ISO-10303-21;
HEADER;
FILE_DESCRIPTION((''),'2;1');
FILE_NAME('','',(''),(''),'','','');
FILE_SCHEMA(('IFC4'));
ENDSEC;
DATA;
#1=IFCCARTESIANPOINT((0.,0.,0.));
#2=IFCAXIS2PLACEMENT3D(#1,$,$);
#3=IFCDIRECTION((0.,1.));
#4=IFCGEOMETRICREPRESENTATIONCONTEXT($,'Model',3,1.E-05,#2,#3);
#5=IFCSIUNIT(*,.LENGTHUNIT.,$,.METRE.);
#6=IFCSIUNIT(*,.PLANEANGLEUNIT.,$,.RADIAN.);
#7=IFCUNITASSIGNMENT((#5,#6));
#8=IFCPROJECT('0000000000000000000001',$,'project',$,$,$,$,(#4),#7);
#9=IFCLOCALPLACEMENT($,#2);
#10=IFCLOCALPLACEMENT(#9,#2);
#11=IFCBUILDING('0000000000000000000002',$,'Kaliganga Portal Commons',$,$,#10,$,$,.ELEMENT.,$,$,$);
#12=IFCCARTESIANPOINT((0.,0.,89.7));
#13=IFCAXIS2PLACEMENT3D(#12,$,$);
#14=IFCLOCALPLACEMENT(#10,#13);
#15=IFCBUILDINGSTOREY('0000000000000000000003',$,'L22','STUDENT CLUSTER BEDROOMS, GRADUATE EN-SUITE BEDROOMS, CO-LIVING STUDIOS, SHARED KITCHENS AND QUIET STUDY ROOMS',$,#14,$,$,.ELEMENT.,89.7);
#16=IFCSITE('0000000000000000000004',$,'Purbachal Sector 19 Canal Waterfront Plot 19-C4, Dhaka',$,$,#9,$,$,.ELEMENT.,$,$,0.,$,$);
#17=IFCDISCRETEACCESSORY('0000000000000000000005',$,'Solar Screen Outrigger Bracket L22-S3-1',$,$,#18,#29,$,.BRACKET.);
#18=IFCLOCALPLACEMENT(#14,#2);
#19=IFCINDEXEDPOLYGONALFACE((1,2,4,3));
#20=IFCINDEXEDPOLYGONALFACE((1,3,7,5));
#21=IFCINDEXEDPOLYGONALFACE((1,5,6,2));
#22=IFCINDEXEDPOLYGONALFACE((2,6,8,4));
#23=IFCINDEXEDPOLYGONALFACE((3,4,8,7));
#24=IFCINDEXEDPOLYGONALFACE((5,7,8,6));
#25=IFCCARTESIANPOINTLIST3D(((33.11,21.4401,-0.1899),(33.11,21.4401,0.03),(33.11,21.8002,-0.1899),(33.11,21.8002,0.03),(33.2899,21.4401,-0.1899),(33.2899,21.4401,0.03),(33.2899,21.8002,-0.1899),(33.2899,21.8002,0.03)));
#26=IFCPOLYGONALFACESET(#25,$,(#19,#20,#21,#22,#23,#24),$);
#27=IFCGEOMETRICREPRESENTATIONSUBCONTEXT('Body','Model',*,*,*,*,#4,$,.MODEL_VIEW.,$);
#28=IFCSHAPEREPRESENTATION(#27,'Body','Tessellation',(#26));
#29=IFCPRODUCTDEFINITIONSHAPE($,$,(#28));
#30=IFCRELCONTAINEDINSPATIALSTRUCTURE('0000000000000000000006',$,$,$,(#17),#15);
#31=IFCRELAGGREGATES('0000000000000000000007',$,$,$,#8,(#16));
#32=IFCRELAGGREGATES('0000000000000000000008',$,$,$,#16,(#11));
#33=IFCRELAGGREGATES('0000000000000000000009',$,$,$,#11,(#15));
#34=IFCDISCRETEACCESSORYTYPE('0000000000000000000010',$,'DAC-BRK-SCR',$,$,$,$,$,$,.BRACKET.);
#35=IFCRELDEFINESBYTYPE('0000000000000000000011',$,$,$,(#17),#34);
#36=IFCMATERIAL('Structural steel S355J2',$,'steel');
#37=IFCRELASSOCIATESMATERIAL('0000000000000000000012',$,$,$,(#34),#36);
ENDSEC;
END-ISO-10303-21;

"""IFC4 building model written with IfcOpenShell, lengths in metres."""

from ifc_helpers import new_model, si_unit, direction, frame, origin, origin_2d, place, context, subcontext, project, spatial, rectangle, extrude, source, transform, mapped, material, type_object, element, save


model = new_model("IFC4")

# Units and contexts
model_context = context("Model", 3, precision=1e-05, world=origin(), true_north=direction((0.0, 1.0)))
body_context = subcontext(model_context, "Body", "Model", "MODEL_VIEW")
ifc_project = project(units=[si_unit("LENGTHUNIT", "METRE"), si_unit("PLANEANGLEUNIT", "RADIAN")], contexts=[model_context])

# Site, building, storey
site_placement = place(None, origin())
site = spatial("IfcSite", under=ifc_project, at=site_placement, Name="Purbachal Sector 19 Canal Waterfront Plot 19-C4, Dhaka", CompositionType="ELEMENT", RefElevation=0.0)
building_placement = place(site_placement, origin())
building = spatial("IfcBuilding", under=site, at=building_placement, Name="Kaliganga Portal Commons", CompositionType="ELEMENT")
storey_placement = place(building_placement, frame((0.0, 0.0, 89.7)))
storey = spatial("IfcBuildingStorey", under=building, at=storey_placement, Name="L22", Description="STUDENT CLUSTER BEDROOMS, GRADUATE EN-SUITE BEDROOMS, CO-LIVING STUDIOS, SHARED KITCHENS AND QUIET STUDY ROOMS", CompositionType="ELEMENT", Elevation=89.7)

# Shared definitions
ifc_material_1 = material(Name="Structural steel S355J2", Category="steel")

# Discrete accessory
discrete_accessory_type = type_object("IfcDiscreteAccessoryType", Name="DAC-BRK-SCR", PredefinedType="BRACKET", material=ifc_material_1)
shared_shape_1 = source(origin(), body_context, "Body", "SweptSolid", [
    extrude(rectangle(XDim=0.1799, YDim=0.3601, at=origin_2d()), origin(), (0.0, 0.0, 1.0), 0.22),
])
for number, where, z_axis, x_axis, name in (
    (1, (33.2, 21.6201, -0.1899), (0.0, 0.0, 1.0), (1.0, 0.0, 0.0), "Solar Screen Outrigger Bracket L22-S3-1"),
):
    element("IfcDiscreteAccessory", number, at=place(storey_placement, frame(where, z_axis=z_axis, x_axis=x_axis)), inside=storey, type_object=discrete_accessory_type, Name=name, PredefinedType="BRACKET", context=body_context, shape_type="MappedRepresentation", body=[
        mapped(shared_shape_1, transform((0.0, 0.0, 0.0), x_axis=(1.0, 0.0, 0.0), y_axis=(0.0, 1.0, 0.0), z_axis=(0.0, 0.0, 1.0), scale=1.0)),
    ])

save(model, "model.ifc")
